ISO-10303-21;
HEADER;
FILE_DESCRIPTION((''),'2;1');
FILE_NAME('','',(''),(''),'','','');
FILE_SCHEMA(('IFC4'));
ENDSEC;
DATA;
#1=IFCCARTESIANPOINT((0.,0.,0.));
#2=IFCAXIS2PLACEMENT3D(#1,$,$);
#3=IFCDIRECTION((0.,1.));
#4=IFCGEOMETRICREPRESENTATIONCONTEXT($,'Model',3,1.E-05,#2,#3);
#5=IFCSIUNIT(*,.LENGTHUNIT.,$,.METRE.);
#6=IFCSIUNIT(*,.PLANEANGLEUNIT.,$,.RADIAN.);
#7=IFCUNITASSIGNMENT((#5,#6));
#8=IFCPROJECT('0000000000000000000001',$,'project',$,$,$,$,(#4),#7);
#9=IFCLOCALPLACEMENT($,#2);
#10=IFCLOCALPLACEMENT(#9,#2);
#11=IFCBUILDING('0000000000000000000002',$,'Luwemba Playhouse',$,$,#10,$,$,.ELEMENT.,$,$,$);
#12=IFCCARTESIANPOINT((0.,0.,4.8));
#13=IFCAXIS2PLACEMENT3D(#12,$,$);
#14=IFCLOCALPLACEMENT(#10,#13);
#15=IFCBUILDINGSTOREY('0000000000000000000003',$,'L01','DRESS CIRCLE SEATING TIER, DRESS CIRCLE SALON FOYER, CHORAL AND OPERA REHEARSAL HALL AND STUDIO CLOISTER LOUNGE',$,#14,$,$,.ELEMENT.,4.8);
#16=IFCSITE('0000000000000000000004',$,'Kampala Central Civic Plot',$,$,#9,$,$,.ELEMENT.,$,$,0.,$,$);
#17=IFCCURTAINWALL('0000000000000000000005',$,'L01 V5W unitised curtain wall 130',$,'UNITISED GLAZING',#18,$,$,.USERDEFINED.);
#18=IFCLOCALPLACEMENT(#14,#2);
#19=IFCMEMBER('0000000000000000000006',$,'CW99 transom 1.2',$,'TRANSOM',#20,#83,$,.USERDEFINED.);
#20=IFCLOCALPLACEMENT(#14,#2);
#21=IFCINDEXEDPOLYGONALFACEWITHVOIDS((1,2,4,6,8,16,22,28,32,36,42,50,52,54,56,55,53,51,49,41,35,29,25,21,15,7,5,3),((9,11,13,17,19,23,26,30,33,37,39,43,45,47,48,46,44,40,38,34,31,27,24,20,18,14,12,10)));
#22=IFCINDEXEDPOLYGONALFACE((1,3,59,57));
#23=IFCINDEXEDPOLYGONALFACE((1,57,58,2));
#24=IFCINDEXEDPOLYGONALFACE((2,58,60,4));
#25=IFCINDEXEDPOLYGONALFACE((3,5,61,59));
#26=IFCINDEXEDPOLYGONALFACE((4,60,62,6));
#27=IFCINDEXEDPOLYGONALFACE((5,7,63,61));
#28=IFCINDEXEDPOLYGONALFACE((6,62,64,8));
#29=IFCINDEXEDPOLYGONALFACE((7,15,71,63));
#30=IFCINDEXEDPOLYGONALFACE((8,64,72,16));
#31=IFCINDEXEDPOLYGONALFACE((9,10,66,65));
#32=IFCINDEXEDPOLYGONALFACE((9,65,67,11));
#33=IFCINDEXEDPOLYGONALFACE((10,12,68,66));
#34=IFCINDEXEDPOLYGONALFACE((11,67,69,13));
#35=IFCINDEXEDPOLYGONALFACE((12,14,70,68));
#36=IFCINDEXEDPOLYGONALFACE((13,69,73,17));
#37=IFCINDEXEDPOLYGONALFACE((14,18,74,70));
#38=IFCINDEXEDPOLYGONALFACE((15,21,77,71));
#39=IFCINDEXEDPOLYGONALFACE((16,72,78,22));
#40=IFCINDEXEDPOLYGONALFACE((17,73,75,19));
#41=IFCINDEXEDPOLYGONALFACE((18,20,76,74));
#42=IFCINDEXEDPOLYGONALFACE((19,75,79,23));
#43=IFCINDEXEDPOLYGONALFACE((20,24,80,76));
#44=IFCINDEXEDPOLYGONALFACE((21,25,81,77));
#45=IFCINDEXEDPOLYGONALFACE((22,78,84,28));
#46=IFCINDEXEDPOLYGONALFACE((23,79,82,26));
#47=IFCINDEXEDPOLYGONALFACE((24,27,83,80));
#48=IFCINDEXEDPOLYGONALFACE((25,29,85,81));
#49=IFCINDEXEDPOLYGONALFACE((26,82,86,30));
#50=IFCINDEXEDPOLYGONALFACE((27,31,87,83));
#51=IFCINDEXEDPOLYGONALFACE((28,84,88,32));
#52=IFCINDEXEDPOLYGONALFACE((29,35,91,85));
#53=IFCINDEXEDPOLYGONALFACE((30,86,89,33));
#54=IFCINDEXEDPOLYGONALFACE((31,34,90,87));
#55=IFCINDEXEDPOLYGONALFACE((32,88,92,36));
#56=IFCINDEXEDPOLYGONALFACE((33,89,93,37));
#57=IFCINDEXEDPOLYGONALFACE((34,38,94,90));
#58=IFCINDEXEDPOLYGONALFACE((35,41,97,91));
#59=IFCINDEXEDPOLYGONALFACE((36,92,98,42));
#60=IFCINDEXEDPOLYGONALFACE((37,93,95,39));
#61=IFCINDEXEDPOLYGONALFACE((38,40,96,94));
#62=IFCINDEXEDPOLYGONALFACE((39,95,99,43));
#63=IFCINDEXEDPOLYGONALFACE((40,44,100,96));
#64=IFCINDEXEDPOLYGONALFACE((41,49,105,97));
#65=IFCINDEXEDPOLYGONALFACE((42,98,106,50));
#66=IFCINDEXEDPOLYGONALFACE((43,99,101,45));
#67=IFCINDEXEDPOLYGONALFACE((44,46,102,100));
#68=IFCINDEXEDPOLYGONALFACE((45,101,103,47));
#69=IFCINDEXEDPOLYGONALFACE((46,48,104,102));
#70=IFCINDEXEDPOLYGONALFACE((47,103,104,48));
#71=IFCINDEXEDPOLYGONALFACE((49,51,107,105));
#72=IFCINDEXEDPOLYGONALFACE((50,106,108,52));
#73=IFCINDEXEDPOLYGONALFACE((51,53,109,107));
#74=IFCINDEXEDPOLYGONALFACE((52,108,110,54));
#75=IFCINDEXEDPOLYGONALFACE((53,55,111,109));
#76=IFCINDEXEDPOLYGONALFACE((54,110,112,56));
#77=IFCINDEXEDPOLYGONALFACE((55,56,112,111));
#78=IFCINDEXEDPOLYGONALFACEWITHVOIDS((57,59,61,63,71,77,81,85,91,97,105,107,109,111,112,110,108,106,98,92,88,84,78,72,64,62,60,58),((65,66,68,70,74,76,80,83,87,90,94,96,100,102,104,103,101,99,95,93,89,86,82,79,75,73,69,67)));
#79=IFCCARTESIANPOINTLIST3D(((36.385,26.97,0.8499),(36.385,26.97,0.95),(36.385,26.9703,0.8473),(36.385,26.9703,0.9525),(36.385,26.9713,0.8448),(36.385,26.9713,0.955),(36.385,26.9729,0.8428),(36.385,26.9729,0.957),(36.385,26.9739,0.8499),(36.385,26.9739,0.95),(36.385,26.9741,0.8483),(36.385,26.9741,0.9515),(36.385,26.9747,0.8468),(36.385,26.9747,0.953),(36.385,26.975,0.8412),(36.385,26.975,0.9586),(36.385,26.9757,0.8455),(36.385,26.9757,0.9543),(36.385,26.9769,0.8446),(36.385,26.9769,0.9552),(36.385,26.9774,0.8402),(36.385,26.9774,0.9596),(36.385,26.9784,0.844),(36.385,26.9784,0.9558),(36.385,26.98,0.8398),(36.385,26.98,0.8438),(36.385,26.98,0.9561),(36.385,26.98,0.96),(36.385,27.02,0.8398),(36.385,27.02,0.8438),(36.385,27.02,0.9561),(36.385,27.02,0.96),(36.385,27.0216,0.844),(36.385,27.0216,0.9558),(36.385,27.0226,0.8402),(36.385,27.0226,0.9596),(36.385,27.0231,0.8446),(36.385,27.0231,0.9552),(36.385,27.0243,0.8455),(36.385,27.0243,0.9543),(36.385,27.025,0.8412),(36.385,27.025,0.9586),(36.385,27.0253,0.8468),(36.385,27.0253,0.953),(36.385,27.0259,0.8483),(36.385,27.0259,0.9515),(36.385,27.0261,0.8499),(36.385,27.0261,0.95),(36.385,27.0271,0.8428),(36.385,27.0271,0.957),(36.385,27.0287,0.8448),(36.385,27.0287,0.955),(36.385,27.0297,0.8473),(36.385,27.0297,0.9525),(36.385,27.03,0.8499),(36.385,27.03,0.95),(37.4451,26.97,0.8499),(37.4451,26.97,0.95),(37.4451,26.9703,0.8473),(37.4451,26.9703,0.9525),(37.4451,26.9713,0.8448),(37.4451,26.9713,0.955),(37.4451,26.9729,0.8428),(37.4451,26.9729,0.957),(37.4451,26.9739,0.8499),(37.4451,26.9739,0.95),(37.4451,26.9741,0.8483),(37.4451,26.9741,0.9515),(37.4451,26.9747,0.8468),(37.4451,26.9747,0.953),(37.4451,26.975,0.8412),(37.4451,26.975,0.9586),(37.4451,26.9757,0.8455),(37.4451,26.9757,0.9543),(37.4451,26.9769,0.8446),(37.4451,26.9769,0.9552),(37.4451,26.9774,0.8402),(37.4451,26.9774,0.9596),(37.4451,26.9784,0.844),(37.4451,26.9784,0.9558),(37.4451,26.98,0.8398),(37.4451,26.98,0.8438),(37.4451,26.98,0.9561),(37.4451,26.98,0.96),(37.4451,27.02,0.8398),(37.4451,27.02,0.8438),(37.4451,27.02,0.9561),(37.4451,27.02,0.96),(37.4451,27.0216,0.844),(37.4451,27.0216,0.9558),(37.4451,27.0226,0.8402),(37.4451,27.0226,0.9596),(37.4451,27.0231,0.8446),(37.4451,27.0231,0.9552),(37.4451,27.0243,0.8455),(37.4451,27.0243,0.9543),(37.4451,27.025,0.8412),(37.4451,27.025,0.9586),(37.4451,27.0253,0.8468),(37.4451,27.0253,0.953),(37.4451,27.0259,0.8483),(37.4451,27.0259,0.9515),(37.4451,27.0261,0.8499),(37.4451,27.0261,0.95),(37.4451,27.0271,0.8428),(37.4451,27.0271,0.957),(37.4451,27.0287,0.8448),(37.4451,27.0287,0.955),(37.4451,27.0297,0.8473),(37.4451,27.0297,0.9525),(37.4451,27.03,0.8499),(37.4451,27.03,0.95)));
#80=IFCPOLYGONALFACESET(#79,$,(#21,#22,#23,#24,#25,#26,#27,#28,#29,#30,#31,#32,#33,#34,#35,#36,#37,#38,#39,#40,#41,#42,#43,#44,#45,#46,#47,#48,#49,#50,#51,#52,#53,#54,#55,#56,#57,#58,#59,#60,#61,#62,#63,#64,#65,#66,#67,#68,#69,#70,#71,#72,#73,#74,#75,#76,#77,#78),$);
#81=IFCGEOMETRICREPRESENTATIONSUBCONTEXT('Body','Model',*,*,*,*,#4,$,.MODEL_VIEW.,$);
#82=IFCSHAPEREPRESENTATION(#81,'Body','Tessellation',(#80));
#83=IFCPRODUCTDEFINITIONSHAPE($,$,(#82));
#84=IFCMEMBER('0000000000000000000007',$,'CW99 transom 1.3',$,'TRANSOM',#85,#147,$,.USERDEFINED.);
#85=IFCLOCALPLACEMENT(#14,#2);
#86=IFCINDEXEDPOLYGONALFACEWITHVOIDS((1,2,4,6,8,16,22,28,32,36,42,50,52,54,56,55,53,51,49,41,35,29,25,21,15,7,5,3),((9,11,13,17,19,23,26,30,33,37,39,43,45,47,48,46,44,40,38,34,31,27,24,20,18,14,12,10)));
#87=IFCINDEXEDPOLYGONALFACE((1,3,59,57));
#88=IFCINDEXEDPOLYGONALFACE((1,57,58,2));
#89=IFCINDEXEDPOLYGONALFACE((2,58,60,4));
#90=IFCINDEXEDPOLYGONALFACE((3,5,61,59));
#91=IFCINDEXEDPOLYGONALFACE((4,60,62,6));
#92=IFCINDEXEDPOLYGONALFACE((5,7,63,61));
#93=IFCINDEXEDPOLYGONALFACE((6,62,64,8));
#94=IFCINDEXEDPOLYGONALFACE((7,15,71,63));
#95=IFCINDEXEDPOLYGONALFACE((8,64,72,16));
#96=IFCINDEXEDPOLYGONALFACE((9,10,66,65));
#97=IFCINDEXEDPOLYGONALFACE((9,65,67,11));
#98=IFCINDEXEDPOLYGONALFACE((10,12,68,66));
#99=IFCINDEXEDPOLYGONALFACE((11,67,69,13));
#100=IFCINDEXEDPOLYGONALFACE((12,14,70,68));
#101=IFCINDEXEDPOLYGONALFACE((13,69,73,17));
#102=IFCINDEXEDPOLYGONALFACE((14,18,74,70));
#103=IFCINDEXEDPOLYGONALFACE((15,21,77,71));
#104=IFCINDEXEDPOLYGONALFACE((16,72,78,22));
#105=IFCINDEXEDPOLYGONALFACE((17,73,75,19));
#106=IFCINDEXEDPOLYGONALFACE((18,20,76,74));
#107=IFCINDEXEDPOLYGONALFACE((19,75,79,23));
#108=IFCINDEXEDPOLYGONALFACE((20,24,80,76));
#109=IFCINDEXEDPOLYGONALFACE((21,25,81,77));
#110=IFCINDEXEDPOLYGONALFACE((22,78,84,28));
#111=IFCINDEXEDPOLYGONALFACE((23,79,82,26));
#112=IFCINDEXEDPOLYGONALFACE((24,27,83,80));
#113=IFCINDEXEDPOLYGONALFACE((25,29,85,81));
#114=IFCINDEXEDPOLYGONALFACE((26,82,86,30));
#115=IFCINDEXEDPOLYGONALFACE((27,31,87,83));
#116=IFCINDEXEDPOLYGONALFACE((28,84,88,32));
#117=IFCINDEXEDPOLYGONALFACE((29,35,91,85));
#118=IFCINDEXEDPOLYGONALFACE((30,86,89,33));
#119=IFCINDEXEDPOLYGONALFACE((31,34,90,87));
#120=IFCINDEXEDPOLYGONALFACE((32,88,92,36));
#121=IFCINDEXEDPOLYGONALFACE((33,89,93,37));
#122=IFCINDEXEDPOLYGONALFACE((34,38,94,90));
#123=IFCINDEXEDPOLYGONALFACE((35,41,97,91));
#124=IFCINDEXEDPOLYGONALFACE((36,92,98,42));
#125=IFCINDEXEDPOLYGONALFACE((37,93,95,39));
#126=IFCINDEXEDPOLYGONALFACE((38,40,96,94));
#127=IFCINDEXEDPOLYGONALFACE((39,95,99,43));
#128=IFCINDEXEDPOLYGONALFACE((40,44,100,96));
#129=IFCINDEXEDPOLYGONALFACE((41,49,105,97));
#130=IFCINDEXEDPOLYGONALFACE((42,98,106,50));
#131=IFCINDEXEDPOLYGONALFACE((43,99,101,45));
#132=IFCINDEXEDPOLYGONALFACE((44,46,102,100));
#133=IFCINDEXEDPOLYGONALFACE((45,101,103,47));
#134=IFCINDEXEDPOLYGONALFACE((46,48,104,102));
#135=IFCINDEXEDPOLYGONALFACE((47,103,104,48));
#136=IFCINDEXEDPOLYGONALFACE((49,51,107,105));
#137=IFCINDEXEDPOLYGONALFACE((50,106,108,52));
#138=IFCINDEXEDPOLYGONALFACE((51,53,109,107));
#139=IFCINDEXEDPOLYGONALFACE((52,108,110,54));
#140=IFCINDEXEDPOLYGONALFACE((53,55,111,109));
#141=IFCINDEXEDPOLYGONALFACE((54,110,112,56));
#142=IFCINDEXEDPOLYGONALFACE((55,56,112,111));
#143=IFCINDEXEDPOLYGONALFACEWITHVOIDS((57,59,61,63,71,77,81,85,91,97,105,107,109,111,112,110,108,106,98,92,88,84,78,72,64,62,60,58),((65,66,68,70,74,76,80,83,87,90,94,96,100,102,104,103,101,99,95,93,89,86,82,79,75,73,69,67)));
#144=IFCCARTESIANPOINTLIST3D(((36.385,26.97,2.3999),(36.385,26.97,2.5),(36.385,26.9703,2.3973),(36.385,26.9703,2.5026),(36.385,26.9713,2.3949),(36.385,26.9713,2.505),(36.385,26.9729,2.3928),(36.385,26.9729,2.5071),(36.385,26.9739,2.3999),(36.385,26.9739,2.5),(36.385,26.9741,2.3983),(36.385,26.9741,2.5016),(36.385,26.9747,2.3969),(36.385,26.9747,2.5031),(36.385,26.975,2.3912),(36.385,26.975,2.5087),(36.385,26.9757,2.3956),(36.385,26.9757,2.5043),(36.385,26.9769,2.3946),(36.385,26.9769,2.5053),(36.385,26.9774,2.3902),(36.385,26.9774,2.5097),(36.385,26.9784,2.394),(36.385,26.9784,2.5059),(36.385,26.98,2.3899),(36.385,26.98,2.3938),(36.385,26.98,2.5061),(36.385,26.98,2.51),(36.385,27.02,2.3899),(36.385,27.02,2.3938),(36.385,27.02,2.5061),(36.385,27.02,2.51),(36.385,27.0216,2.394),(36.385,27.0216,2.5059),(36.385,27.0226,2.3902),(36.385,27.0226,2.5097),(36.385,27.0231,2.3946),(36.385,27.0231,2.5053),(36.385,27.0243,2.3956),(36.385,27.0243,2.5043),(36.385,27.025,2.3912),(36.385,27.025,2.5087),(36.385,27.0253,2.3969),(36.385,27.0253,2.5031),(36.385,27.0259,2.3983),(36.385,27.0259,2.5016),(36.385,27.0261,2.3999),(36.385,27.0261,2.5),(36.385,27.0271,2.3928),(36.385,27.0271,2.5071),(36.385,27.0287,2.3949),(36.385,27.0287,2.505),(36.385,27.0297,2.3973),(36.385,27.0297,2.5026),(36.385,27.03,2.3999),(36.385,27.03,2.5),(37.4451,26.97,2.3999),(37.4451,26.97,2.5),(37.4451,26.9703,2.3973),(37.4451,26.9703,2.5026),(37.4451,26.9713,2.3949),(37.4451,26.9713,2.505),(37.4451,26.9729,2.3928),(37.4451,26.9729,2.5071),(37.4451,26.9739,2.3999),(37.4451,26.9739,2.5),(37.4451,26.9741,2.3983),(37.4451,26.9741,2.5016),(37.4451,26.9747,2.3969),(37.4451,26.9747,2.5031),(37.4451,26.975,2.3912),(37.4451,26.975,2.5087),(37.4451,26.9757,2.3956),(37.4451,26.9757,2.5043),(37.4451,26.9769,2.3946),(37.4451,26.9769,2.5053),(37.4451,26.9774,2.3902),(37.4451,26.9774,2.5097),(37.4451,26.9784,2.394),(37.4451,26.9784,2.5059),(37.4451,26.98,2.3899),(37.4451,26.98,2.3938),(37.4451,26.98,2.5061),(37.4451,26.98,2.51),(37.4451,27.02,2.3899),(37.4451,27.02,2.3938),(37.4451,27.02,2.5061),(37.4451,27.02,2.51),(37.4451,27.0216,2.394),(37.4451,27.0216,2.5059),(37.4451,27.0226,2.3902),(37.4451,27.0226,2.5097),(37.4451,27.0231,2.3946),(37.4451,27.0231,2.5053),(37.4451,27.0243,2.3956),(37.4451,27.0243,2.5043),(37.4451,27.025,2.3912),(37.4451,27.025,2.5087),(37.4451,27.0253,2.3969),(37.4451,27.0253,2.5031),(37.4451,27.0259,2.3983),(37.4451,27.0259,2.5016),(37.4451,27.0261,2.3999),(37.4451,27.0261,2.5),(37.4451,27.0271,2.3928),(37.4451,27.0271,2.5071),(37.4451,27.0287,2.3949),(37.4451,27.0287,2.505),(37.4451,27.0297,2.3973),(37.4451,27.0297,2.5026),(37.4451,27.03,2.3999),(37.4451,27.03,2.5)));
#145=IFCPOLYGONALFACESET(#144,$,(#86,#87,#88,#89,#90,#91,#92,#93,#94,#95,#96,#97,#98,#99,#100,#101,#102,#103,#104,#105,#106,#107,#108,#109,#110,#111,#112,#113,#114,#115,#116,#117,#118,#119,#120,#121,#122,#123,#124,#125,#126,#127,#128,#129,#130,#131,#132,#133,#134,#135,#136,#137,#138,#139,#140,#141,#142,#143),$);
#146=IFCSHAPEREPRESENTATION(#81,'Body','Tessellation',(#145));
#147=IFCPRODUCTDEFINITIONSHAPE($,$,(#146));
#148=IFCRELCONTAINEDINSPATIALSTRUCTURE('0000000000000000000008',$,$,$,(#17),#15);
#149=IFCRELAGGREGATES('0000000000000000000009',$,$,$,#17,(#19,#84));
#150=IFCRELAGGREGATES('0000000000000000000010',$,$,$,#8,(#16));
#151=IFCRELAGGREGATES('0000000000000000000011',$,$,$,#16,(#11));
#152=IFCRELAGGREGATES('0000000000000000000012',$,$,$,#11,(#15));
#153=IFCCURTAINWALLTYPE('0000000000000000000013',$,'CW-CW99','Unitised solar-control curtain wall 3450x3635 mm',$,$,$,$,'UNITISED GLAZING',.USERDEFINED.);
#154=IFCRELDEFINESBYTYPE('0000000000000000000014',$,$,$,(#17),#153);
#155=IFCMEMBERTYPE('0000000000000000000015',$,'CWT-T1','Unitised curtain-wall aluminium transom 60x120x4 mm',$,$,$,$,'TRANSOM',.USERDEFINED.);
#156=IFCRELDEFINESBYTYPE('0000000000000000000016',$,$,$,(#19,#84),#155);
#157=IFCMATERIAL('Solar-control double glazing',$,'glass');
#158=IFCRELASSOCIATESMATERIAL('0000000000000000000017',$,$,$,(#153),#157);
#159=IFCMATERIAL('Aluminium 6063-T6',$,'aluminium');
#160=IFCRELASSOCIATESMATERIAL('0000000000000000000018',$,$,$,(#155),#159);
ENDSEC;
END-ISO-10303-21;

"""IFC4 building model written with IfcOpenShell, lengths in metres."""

from ifc_helpers import new_model, si_unit, direction, frame, origin, origin_2d, place, context, subcontext, project, spatial, hollow_rectangle, extrude, material, material_profile, profile_set, type_object, element, aggregate, save


model = new_model("IFC4")

# Units and contexts
model_context = context("Model", 3, precision=1e-05, world=origin(), true_north=direction((0.0, 1.0)))
body_context = subcontext(model_context, "Body", "Model", "MODEL_VIEW")
ifc_project = project(units=[si_unit("LENGTHUNIT", "METRE"), si_unit("PLANEANGLEUNIT", "RADIAN")], contexts=[model_context])

# Site, building, storey
site_placement = place(None, origin())
site = spatial("IfcSite", under=ifc_project, at=site_placement, Name="Kampala Central Civic Plot", CompositionType="ELEMENT", RefElevation=0.0)
building_placement = place(site_placement, origin())
building = spatial("IfcBuilding", under=site, at=building_placement, Name="Luwemba Playhouse", CompositionType="ELEMENT")
storey_placement = place(building_placement, frame((0.0, 0.0, 4.8)))
storey = spatial("IfcBuildingStorey", under=building, at=storey_placement, Name="L01", Description="DRESS CIRCLE SEATING TIER, DRESS CIRCLE SALON FOYER, CHORAL AND OPERA REHEARSAL HALL AND STUDIO CLOISTER LOUNGE", CompositionType="ELEMENT", Elevation=4.8)

# Curtain wall
ifc_material_1 = material(Name="Solar-control double glazing", Category="glass")
curtain_wall_type_1 = type_object("IfcCurtainWallType", Name="CW-CW99", Description="Unitised solar-control curtain wall 3450x3635 mm", ElementType="UNITISED GLAZING", PredefinedType="USERDEFINED", material=ifc_material_1)
curtain_wall_1_placement = place(storey_placement, origin())
curtain_wall_1 = element("IfcCurtainWall", 1, at=curtain_wall_1_placement, inside=storey, type_object=curtain_wall_type_1, Name="L01 V5W unitised curtain wall 130", ObjectType="UNITISED GLAZING", PredefinedType="USERDEFINED")
ifc_material_2 = material(Name="Aluminium 6063-T6", Category="aluminium")

# Members
ifc_material_profile_1 = material_profile(ifc_material_2, hollow_rectangle(XDim=0.0601, YDim=0.1201, WallThickness=0.0039, InnerFilletRadius=0.0061, OuterFilletRadius=0.01, at=origin_2d()))
ifc_profile_set_1 = profile_set([ifc_material_profile_1], Name="Aluminium 6063-T6")
member_type_1 = type_object("IfcMemberType", Name="CWT-T1", Description="Unitised curtain-wall aluminium transom 60x120x4 mm", ElementType="TRANSOM", PredefinedType="USERDEFINED", material=ifc_profile_set_1)
member_1_placement = place(storey_placement, frame((36.385, 27.0, 0.8999), z_axis=(1.0, 0.0, 0.0), x_axis=(0.0, 1.0, 0.0)))
member_1 = element("IfcMember", 2, at=member_1_placement, type_object=member_type_1, Name="CW99 transom 1.2", ObjectType="TRANSOM", PredefinedType="USERDEFINED", context=body_context, shape_type="SweptSolid", body=[
    extrude(hollow_rectangle(XDim=0.0601, YDim=0.1201, WallThickness=0.0039, InnerFilletRadius=0.0061, OuterFilletRadius=0.01, at=origin_2d()), origin(), (0.0, 0.0, 1.0), 1.0601),
])
member_2_placement = place(storey_placement, frame((36.385, 27.0, 2.45), z_axis=(1.0, 0.0, 0.0), x_axis=(0.0, 1.0, 0.0)))
member_2 = element("IfcMember", 3, at=member_2_placement, type_object=member_type_1, Name="CW99 transom 1.3", ObjectType="TRANSOM", PredefinedType="USERDEFINED", context=body_context, shape_type="SweptSolid", body=[
    extrude(hollow_rectangle(XDim=0.0601, YDim=0.1201, WallThickness=0.0039, InnerFilletRadius=0.0061, OuterFilletRadius=0.01, at=origin_2d()), origin(), (0.0, 0.0, 1.0), 1.0601),
])

aggregate(curtain_wall_1, [member_1, member_2])

save(model, "model.ifc")
